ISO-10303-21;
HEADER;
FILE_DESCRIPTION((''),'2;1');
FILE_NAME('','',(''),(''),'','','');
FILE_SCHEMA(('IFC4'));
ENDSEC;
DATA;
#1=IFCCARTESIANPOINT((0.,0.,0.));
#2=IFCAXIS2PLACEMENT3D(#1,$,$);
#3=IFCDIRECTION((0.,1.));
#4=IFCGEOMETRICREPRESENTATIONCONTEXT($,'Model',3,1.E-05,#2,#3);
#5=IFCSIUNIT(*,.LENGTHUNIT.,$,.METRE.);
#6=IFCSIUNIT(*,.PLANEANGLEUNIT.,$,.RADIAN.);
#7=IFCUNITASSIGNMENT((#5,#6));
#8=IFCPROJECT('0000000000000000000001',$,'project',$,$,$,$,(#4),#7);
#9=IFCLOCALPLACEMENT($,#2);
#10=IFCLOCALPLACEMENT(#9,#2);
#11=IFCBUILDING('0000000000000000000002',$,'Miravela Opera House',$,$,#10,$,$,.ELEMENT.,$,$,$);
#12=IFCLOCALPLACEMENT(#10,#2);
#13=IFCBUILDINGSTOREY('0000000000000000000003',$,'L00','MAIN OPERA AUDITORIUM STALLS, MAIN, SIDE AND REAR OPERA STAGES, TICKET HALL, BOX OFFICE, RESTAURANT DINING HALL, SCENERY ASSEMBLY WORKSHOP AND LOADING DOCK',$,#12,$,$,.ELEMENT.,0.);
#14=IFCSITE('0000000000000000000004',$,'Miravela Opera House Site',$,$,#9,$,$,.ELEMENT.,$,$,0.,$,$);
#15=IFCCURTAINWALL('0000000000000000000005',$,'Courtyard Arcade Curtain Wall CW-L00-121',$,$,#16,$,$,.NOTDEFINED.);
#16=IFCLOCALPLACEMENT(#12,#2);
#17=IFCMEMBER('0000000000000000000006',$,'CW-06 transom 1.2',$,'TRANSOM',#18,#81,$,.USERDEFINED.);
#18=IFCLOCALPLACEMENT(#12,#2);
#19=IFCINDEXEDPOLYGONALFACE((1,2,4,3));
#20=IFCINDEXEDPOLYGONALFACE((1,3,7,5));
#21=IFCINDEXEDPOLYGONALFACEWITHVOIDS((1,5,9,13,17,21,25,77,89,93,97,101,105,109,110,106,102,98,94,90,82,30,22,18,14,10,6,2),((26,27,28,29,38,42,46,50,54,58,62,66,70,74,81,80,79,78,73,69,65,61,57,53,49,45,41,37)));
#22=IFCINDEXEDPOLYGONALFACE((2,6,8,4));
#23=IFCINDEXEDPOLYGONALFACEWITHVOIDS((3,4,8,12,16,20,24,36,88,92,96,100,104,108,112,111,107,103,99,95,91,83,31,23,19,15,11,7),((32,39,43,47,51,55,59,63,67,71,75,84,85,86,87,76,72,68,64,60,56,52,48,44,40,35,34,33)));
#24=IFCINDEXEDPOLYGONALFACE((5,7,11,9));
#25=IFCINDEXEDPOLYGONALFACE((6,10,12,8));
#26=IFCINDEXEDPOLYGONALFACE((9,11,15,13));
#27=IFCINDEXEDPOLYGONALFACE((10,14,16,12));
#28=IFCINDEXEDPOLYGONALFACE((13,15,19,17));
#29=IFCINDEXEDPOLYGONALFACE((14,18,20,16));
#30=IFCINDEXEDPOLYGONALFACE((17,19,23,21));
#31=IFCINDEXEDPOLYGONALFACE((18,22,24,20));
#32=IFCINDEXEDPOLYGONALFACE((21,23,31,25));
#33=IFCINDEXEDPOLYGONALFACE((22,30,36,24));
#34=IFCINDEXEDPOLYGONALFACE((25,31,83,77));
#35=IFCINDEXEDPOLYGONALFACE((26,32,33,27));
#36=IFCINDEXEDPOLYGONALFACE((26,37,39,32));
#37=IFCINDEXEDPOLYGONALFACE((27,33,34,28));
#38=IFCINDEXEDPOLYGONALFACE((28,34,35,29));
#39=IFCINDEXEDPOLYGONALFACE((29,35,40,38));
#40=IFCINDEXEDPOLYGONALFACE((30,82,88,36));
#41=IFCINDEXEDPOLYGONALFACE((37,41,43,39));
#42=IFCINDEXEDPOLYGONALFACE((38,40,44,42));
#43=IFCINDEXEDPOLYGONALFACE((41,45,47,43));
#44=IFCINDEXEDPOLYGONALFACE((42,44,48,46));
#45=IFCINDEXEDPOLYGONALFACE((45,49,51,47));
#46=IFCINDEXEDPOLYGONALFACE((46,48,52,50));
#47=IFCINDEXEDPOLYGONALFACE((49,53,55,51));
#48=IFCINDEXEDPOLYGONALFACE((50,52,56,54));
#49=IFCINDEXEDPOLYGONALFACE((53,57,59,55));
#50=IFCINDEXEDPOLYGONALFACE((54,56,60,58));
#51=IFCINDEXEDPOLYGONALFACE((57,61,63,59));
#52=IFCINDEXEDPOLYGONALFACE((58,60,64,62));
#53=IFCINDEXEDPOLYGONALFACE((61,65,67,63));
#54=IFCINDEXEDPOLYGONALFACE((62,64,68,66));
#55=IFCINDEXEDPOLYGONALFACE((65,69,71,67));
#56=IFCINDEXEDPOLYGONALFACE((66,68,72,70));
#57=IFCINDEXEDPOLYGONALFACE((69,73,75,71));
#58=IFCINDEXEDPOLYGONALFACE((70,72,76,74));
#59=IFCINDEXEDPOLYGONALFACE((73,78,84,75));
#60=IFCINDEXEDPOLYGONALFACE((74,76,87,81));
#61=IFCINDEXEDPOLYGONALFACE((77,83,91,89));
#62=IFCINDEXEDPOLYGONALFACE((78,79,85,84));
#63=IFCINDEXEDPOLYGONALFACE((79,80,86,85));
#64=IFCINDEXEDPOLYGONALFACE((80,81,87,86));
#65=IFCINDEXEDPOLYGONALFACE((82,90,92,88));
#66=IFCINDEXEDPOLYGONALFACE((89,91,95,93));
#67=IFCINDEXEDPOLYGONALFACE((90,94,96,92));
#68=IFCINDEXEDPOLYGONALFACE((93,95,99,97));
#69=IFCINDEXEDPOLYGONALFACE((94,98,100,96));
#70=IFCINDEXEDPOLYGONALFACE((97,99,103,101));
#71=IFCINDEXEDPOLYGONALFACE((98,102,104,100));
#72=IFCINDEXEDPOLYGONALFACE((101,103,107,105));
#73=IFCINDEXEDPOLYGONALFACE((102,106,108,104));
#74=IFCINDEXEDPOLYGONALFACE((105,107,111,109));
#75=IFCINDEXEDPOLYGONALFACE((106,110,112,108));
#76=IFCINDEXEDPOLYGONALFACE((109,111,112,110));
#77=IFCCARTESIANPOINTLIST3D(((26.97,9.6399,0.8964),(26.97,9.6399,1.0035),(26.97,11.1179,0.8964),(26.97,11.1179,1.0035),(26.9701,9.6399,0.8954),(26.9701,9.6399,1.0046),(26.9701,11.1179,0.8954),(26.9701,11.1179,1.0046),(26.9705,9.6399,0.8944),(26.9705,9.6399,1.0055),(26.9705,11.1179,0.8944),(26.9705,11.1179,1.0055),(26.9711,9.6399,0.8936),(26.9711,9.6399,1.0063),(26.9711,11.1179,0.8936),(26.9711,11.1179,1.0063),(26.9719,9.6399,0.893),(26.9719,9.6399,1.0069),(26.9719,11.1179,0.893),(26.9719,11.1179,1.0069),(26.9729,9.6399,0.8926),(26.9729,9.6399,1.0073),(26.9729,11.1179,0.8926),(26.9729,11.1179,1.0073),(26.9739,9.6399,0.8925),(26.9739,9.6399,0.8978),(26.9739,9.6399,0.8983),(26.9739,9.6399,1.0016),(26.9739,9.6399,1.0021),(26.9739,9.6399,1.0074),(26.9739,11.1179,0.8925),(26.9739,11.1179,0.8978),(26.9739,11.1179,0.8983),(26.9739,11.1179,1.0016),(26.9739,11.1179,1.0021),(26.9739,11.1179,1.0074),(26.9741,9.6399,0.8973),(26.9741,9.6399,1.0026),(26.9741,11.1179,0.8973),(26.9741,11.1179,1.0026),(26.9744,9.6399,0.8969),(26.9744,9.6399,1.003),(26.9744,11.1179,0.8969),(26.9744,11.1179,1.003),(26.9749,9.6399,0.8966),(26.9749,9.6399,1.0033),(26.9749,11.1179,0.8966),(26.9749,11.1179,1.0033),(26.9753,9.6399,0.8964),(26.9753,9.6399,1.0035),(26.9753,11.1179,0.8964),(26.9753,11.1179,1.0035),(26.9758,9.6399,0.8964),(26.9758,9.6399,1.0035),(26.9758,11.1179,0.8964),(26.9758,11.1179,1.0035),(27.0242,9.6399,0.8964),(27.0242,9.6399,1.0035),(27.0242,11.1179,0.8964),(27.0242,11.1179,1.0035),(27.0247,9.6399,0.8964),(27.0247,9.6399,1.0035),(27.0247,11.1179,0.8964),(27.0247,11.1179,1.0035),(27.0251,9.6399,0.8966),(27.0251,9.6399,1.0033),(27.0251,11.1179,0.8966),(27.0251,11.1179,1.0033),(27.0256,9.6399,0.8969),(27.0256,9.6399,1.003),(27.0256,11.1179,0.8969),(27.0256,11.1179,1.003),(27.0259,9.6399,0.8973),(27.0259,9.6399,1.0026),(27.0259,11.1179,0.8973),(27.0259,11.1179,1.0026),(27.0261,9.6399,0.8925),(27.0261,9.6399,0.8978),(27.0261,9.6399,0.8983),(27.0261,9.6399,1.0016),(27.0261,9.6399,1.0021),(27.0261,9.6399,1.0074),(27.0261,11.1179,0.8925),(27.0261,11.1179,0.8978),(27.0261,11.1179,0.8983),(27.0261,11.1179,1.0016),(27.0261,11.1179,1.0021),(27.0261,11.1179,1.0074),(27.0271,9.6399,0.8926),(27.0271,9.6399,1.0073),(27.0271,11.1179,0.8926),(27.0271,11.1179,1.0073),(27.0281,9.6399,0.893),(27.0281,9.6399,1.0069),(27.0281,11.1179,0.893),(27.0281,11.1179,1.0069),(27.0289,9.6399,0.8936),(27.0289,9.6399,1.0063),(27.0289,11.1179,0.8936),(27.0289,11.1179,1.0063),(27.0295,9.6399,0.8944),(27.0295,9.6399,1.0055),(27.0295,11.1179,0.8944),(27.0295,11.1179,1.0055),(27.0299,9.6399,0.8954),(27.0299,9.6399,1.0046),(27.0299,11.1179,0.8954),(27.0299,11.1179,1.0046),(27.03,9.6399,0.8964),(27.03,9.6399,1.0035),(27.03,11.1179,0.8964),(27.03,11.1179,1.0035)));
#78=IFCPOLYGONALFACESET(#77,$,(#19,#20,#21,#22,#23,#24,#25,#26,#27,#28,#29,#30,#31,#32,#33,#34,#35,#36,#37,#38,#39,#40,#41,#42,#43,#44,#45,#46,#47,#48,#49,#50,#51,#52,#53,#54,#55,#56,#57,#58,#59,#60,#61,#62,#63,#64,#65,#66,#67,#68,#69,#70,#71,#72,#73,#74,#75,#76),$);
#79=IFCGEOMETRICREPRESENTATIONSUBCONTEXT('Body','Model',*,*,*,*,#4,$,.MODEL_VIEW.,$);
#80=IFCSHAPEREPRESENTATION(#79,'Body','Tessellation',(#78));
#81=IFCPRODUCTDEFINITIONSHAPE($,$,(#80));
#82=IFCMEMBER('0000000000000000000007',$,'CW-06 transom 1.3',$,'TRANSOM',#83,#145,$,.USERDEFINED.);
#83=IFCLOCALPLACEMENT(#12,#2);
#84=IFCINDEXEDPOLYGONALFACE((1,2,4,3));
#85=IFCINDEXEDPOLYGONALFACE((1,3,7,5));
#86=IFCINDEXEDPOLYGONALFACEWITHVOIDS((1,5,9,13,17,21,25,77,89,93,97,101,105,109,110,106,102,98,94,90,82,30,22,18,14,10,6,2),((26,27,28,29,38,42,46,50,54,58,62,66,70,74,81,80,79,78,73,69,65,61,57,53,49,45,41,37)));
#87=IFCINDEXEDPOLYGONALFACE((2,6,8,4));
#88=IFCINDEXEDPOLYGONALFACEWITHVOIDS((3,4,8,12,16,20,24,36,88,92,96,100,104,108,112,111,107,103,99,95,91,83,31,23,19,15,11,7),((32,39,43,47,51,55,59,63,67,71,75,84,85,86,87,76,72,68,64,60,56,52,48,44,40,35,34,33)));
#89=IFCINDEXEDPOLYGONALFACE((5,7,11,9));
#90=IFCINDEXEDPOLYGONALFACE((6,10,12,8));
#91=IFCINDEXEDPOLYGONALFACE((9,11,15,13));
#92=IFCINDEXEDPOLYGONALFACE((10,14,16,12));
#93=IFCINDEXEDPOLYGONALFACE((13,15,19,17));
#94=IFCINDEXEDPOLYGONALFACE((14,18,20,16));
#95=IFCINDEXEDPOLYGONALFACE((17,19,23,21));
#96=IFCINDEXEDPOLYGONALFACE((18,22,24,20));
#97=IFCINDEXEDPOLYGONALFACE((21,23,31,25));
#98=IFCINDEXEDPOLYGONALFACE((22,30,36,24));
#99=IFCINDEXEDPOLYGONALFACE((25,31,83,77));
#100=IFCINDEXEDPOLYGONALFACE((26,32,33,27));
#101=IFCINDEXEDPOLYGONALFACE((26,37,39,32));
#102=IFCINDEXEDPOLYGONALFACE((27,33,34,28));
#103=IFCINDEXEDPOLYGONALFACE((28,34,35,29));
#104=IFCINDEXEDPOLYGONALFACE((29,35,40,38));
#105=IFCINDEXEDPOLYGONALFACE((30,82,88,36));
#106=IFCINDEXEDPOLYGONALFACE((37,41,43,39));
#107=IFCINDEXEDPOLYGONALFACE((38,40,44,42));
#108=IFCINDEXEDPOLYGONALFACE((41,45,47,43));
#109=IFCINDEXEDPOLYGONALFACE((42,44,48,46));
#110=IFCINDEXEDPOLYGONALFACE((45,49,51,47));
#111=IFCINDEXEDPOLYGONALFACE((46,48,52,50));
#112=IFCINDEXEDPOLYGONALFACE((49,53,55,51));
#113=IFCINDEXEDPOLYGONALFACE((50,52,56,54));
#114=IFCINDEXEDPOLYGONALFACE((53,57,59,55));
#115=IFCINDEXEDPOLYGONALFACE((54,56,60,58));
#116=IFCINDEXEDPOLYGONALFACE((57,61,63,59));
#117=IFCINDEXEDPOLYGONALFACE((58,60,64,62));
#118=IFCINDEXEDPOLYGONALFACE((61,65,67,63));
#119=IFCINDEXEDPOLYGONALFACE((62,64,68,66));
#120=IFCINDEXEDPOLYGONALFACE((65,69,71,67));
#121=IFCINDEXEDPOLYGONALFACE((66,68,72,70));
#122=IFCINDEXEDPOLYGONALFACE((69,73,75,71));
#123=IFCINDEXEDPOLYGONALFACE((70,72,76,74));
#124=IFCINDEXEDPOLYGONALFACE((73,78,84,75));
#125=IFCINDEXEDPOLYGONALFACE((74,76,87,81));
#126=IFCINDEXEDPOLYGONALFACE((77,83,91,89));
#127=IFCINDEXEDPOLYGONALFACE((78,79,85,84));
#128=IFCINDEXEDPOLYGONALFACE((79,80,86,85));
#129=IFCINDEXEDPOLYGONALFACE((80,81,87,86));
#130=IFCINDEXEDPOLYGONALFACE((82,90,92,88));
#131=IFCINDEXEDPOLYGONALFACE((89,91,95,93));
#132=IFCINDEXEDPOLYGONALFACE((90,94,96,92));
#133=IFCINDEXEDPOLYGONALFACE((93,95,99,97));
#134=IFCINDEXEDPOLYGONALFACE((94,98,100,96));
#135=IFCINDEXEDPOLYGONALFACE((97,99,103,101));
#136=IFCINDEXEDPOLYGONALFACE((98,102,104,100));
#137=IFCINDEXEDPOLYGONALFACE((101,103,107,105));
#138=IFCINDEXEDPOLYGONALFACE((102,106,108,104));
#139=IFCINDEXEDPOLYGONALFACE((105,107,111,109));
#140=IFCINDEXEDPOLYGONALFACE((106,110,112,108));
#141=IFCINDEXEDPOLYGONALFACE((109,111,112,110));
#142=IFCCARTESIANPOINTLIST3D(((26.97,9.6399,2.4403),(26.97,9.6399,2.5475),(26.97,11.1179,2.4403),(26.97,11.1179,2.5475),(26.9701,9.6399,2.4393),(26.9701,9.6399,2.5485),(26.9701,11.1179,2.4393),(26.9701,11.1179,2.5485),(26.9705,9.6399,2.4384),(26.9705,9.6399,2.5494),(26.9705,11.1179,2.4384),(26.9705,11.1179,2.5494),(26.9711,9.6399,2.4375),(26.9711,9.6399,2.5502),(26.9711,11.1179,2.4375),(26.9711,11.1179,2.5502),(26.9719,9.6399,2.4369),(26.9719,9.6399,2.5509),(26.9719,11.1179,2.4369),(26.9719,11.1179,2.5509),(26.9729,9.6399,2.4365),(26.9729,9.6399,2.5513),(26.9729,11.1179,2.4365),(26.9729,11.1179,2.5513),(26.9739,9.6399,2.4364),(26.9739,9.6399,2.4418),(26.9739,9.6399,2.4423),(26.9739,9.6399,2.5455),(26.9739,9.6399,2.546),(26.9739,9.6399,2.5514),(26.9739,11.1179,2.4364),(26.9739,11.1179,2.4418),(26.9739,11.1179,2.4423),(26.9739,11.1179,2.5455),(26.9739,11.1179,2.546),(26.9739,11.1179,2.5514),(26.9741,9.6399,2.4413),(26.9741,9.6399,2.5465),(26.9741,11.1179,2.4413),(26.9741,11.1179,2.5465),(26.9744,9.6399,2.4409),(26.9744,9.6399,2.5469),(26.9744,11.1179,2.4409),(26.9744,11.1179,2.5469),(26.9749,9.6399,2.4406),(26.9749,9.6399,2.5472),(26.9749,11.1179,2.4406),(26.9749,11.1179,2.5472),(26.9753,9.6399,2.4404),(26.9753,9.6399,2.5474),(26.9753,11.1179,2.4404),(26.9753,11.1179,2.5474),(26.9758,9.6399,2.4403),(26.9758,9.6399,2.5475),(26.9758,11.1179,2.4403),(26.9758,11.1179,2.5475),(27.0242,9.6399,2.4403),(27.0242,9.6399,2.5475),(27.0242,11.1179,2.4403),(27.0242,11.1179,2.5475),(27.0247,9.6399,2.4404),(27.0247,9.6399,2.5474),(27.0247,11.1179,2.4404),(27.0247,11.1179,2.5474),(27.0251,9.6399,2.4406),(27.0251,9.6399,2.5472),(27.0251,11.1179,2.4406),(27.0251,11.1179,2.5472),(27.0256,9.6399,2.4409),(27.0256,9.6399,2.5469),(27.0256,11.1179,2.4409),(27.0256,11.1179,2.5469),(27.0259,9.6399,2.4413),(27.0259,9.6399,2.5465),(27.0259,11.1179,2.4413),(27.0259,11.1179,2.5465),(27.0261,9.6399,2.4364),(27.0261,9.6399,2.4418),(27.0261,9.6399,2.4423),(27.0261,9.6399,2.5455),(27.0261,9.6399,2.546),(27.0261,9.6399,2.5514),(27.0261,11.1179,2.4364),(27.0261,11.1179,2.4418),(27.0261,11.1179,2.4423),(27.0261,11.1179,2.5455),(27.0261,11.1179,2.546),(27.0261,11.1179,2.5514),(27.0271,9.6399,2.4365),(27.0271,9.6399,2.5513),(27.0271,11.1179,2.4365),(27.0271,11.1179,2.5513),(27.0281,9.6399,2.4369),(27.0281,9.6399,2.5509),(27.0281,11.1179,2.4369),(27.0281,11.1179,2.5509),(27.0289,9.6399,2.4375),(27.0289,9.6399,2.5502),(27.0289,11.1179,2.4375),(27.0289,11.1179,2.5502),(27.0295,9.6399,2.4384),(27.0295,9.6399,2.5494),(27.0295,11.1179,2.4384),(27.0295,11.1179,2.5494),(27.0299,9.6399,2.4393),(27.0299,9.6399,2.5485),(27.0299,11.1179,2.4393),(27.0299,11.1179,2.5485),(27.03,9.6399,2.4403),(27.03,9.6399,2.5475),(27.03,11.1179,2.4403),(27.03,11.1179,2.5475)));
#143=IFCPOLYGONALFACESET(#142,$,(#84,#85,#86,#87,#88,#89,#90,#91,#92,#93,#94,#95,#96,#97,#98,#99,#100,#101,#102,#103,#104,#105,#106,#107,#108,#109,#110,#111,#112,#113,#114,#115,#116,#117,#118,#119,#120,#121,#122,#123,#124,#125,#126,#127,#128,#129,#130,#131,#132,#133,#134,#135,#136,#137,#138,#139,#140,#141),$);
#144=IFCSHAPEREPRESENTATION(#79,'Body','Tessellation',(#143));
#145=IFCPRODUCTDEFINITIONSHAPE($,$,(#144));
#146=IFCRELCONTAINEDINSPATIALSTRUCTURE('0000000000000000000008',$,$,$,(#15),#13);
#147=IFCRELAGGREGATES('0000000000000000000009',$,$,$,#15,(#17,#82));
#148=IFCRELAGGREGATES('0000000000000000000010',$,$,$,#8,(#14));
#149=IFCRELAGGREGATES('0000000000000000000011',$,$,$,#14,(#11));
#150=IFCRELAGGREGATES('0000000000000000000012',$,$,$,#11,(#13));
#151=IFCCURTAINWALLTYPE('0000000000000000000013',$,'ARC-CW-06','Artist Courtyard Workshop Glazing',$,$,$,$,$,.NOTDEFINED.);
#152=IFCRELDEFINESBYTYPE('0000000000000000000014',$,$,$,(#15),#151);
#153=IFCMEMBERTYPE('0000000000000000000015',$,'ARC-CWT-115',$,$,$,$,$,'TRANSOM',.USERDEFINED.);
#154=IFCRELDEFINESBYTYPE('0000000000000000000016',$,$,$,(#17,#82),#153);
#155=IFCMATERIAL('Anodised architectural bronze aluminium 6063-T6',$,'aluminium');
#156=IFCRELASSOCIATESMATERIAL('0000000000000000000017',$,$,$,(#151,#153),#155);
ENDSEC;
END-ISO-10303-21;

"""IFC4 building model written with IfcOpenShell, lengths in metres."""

from ifc_helpers import new_model, si_unit, direction, frame, origin, origin_2d, place, context, subcontext, project, spatial, hollow_rectangle, extrude, material, material_profile, profile_set, type_object, element, aggregate, save


model = new_model("IFC4")

# Units and contexts
model_context = context("Model", 3, precision=1e-05, world=origin(), true_north=direction((0.0, 1.0)))
body_context = subcontext(model_context, "Body", "Model", "MODEL_VIEW")
ifc_project = project(units=[si_unit("LENGTHUNIT", "METRE"), si_unit("PLANEANGLEUNIT", "RADIAN")], contexts=[model_context])

# Site, building, storey
site_placement = place(None, origin())
site = spatial("IfcSite", under=ifc_project, at=site_placement, Name="Miravela Opera House Site", CompositionType="ELEMENT", RefElevation=0.0)
building_placement = place(site_placement, origin())
building = spatial("IfcBuilding", under=site, at=building_placement, Name="Miravela Opera House", CompositionType="ELEMENT")
storey_placement = place(building_placement, origin())
storey = spatial("IfcBuildingStorey", under=building, at=storey_placement, Name="L00", Description="MAIN OPERA AUDITORIUM STALLS, MAIN, SIDE AND REAR OPERA STAGES, TICKET HALL, BOX OFFICE, RESTAURANT DINING HALL, SCENERY ASSEMBLY WORKSHOP AND LOADING DOCK", CompositionType="ELEMENT", Elevation=0.0)

# Shared definitions
ifc_material_1 = material(Name="Anodised architectural bronze aluminium 6063-T6", Category="aluminium")
curtain_wall_type = type_object("IfcCurtainWallType", Name="ARC-CW-06", Description="Artist Courtyard Workshop Glazing", PredefinedType="NOTDEFINED", material=ifc_material_1)

# Curtain wall, members
curtain_wall_1_placement = place(storey_placement, origin())
curtain_wall_1 = element("IfcCurtainWall", 1, at=curtain_wall_1_placement, inside=storey, type_object=curtain_wall_type, Name="Courtyard Arcade Curtain Wall CW-L00-121", PredefinedType="NOTDEFINED")
ifc_material_profile_1 = material_profile(ifc_material_1, hollow_rectangle(XDim=0.0601, YDim=0.115, WallThickness=0.0039, InnerFilletRadius=0.002, OuterFilletRadius=0.0039, at=origin_2d()), Name="CWT-60X115")
ifc_profile_set_1 = profile_set([ifc_material_profile_1])
member_type_1 = type_object("IfcMemberType", Name="ARC-CWT-115", ElementType="TRANSOM", PredefinedType="USERDEFINED", material=ifc_profile_set_1)
member_1_placement = place(storey_placement, frame((27.0, 9.6399, 0.95), z_axis=(0.0, 1.0, 0.0), x_axis=(-1.0, 0.0, 0.0)))
member_1 = element("IfcMember", 2, at=member_1_placement, type_object=member_type_1, Name="CW-06 transom 1.2", ObjectType="TRANSOM", PredefinedType="USERDEFINED", context=body_context, shape_type="SweptSolid", body=[
    extrude(hollow_rectangle(XDim=0.0601, YDim=0.115, WallThickness=0.0039, InnerFilletRadius=0.002, OuterFilletRadius=0.0039, at=origin_2d()), origin(), (0.0, 0.0, 1.0), 1.478),
])
member_2_placement = place(storey_placement, frame((27.0, 9.6399, 2.4939), z_axis=(0.0, 1.0, 0.0), x_axis=(-1.0, 0.0, 0.0)))
member_2 = element("IfcMember", 3, at=member_2_placement, type_object=member_type_1, Name="CW-06 transom 1.3", ObjectType="TRANSOM", PredefinedType="USERDEFINED", context=body_context, shape_type="SweptSolid", body=[
    extrude(hollow_rectangle(XDim=0.0601, YDim=0.115, WallThickness=0.0039, InnerFilletRadius=0.002, OuterFilletRadius=0.0039, at=origin_2d()), origin(), (0.0, 0.0, 1.0), 1.478),
])

aggregate(curtain_wall_1, [member_1, member_2])

save(model, "model.ifc")
